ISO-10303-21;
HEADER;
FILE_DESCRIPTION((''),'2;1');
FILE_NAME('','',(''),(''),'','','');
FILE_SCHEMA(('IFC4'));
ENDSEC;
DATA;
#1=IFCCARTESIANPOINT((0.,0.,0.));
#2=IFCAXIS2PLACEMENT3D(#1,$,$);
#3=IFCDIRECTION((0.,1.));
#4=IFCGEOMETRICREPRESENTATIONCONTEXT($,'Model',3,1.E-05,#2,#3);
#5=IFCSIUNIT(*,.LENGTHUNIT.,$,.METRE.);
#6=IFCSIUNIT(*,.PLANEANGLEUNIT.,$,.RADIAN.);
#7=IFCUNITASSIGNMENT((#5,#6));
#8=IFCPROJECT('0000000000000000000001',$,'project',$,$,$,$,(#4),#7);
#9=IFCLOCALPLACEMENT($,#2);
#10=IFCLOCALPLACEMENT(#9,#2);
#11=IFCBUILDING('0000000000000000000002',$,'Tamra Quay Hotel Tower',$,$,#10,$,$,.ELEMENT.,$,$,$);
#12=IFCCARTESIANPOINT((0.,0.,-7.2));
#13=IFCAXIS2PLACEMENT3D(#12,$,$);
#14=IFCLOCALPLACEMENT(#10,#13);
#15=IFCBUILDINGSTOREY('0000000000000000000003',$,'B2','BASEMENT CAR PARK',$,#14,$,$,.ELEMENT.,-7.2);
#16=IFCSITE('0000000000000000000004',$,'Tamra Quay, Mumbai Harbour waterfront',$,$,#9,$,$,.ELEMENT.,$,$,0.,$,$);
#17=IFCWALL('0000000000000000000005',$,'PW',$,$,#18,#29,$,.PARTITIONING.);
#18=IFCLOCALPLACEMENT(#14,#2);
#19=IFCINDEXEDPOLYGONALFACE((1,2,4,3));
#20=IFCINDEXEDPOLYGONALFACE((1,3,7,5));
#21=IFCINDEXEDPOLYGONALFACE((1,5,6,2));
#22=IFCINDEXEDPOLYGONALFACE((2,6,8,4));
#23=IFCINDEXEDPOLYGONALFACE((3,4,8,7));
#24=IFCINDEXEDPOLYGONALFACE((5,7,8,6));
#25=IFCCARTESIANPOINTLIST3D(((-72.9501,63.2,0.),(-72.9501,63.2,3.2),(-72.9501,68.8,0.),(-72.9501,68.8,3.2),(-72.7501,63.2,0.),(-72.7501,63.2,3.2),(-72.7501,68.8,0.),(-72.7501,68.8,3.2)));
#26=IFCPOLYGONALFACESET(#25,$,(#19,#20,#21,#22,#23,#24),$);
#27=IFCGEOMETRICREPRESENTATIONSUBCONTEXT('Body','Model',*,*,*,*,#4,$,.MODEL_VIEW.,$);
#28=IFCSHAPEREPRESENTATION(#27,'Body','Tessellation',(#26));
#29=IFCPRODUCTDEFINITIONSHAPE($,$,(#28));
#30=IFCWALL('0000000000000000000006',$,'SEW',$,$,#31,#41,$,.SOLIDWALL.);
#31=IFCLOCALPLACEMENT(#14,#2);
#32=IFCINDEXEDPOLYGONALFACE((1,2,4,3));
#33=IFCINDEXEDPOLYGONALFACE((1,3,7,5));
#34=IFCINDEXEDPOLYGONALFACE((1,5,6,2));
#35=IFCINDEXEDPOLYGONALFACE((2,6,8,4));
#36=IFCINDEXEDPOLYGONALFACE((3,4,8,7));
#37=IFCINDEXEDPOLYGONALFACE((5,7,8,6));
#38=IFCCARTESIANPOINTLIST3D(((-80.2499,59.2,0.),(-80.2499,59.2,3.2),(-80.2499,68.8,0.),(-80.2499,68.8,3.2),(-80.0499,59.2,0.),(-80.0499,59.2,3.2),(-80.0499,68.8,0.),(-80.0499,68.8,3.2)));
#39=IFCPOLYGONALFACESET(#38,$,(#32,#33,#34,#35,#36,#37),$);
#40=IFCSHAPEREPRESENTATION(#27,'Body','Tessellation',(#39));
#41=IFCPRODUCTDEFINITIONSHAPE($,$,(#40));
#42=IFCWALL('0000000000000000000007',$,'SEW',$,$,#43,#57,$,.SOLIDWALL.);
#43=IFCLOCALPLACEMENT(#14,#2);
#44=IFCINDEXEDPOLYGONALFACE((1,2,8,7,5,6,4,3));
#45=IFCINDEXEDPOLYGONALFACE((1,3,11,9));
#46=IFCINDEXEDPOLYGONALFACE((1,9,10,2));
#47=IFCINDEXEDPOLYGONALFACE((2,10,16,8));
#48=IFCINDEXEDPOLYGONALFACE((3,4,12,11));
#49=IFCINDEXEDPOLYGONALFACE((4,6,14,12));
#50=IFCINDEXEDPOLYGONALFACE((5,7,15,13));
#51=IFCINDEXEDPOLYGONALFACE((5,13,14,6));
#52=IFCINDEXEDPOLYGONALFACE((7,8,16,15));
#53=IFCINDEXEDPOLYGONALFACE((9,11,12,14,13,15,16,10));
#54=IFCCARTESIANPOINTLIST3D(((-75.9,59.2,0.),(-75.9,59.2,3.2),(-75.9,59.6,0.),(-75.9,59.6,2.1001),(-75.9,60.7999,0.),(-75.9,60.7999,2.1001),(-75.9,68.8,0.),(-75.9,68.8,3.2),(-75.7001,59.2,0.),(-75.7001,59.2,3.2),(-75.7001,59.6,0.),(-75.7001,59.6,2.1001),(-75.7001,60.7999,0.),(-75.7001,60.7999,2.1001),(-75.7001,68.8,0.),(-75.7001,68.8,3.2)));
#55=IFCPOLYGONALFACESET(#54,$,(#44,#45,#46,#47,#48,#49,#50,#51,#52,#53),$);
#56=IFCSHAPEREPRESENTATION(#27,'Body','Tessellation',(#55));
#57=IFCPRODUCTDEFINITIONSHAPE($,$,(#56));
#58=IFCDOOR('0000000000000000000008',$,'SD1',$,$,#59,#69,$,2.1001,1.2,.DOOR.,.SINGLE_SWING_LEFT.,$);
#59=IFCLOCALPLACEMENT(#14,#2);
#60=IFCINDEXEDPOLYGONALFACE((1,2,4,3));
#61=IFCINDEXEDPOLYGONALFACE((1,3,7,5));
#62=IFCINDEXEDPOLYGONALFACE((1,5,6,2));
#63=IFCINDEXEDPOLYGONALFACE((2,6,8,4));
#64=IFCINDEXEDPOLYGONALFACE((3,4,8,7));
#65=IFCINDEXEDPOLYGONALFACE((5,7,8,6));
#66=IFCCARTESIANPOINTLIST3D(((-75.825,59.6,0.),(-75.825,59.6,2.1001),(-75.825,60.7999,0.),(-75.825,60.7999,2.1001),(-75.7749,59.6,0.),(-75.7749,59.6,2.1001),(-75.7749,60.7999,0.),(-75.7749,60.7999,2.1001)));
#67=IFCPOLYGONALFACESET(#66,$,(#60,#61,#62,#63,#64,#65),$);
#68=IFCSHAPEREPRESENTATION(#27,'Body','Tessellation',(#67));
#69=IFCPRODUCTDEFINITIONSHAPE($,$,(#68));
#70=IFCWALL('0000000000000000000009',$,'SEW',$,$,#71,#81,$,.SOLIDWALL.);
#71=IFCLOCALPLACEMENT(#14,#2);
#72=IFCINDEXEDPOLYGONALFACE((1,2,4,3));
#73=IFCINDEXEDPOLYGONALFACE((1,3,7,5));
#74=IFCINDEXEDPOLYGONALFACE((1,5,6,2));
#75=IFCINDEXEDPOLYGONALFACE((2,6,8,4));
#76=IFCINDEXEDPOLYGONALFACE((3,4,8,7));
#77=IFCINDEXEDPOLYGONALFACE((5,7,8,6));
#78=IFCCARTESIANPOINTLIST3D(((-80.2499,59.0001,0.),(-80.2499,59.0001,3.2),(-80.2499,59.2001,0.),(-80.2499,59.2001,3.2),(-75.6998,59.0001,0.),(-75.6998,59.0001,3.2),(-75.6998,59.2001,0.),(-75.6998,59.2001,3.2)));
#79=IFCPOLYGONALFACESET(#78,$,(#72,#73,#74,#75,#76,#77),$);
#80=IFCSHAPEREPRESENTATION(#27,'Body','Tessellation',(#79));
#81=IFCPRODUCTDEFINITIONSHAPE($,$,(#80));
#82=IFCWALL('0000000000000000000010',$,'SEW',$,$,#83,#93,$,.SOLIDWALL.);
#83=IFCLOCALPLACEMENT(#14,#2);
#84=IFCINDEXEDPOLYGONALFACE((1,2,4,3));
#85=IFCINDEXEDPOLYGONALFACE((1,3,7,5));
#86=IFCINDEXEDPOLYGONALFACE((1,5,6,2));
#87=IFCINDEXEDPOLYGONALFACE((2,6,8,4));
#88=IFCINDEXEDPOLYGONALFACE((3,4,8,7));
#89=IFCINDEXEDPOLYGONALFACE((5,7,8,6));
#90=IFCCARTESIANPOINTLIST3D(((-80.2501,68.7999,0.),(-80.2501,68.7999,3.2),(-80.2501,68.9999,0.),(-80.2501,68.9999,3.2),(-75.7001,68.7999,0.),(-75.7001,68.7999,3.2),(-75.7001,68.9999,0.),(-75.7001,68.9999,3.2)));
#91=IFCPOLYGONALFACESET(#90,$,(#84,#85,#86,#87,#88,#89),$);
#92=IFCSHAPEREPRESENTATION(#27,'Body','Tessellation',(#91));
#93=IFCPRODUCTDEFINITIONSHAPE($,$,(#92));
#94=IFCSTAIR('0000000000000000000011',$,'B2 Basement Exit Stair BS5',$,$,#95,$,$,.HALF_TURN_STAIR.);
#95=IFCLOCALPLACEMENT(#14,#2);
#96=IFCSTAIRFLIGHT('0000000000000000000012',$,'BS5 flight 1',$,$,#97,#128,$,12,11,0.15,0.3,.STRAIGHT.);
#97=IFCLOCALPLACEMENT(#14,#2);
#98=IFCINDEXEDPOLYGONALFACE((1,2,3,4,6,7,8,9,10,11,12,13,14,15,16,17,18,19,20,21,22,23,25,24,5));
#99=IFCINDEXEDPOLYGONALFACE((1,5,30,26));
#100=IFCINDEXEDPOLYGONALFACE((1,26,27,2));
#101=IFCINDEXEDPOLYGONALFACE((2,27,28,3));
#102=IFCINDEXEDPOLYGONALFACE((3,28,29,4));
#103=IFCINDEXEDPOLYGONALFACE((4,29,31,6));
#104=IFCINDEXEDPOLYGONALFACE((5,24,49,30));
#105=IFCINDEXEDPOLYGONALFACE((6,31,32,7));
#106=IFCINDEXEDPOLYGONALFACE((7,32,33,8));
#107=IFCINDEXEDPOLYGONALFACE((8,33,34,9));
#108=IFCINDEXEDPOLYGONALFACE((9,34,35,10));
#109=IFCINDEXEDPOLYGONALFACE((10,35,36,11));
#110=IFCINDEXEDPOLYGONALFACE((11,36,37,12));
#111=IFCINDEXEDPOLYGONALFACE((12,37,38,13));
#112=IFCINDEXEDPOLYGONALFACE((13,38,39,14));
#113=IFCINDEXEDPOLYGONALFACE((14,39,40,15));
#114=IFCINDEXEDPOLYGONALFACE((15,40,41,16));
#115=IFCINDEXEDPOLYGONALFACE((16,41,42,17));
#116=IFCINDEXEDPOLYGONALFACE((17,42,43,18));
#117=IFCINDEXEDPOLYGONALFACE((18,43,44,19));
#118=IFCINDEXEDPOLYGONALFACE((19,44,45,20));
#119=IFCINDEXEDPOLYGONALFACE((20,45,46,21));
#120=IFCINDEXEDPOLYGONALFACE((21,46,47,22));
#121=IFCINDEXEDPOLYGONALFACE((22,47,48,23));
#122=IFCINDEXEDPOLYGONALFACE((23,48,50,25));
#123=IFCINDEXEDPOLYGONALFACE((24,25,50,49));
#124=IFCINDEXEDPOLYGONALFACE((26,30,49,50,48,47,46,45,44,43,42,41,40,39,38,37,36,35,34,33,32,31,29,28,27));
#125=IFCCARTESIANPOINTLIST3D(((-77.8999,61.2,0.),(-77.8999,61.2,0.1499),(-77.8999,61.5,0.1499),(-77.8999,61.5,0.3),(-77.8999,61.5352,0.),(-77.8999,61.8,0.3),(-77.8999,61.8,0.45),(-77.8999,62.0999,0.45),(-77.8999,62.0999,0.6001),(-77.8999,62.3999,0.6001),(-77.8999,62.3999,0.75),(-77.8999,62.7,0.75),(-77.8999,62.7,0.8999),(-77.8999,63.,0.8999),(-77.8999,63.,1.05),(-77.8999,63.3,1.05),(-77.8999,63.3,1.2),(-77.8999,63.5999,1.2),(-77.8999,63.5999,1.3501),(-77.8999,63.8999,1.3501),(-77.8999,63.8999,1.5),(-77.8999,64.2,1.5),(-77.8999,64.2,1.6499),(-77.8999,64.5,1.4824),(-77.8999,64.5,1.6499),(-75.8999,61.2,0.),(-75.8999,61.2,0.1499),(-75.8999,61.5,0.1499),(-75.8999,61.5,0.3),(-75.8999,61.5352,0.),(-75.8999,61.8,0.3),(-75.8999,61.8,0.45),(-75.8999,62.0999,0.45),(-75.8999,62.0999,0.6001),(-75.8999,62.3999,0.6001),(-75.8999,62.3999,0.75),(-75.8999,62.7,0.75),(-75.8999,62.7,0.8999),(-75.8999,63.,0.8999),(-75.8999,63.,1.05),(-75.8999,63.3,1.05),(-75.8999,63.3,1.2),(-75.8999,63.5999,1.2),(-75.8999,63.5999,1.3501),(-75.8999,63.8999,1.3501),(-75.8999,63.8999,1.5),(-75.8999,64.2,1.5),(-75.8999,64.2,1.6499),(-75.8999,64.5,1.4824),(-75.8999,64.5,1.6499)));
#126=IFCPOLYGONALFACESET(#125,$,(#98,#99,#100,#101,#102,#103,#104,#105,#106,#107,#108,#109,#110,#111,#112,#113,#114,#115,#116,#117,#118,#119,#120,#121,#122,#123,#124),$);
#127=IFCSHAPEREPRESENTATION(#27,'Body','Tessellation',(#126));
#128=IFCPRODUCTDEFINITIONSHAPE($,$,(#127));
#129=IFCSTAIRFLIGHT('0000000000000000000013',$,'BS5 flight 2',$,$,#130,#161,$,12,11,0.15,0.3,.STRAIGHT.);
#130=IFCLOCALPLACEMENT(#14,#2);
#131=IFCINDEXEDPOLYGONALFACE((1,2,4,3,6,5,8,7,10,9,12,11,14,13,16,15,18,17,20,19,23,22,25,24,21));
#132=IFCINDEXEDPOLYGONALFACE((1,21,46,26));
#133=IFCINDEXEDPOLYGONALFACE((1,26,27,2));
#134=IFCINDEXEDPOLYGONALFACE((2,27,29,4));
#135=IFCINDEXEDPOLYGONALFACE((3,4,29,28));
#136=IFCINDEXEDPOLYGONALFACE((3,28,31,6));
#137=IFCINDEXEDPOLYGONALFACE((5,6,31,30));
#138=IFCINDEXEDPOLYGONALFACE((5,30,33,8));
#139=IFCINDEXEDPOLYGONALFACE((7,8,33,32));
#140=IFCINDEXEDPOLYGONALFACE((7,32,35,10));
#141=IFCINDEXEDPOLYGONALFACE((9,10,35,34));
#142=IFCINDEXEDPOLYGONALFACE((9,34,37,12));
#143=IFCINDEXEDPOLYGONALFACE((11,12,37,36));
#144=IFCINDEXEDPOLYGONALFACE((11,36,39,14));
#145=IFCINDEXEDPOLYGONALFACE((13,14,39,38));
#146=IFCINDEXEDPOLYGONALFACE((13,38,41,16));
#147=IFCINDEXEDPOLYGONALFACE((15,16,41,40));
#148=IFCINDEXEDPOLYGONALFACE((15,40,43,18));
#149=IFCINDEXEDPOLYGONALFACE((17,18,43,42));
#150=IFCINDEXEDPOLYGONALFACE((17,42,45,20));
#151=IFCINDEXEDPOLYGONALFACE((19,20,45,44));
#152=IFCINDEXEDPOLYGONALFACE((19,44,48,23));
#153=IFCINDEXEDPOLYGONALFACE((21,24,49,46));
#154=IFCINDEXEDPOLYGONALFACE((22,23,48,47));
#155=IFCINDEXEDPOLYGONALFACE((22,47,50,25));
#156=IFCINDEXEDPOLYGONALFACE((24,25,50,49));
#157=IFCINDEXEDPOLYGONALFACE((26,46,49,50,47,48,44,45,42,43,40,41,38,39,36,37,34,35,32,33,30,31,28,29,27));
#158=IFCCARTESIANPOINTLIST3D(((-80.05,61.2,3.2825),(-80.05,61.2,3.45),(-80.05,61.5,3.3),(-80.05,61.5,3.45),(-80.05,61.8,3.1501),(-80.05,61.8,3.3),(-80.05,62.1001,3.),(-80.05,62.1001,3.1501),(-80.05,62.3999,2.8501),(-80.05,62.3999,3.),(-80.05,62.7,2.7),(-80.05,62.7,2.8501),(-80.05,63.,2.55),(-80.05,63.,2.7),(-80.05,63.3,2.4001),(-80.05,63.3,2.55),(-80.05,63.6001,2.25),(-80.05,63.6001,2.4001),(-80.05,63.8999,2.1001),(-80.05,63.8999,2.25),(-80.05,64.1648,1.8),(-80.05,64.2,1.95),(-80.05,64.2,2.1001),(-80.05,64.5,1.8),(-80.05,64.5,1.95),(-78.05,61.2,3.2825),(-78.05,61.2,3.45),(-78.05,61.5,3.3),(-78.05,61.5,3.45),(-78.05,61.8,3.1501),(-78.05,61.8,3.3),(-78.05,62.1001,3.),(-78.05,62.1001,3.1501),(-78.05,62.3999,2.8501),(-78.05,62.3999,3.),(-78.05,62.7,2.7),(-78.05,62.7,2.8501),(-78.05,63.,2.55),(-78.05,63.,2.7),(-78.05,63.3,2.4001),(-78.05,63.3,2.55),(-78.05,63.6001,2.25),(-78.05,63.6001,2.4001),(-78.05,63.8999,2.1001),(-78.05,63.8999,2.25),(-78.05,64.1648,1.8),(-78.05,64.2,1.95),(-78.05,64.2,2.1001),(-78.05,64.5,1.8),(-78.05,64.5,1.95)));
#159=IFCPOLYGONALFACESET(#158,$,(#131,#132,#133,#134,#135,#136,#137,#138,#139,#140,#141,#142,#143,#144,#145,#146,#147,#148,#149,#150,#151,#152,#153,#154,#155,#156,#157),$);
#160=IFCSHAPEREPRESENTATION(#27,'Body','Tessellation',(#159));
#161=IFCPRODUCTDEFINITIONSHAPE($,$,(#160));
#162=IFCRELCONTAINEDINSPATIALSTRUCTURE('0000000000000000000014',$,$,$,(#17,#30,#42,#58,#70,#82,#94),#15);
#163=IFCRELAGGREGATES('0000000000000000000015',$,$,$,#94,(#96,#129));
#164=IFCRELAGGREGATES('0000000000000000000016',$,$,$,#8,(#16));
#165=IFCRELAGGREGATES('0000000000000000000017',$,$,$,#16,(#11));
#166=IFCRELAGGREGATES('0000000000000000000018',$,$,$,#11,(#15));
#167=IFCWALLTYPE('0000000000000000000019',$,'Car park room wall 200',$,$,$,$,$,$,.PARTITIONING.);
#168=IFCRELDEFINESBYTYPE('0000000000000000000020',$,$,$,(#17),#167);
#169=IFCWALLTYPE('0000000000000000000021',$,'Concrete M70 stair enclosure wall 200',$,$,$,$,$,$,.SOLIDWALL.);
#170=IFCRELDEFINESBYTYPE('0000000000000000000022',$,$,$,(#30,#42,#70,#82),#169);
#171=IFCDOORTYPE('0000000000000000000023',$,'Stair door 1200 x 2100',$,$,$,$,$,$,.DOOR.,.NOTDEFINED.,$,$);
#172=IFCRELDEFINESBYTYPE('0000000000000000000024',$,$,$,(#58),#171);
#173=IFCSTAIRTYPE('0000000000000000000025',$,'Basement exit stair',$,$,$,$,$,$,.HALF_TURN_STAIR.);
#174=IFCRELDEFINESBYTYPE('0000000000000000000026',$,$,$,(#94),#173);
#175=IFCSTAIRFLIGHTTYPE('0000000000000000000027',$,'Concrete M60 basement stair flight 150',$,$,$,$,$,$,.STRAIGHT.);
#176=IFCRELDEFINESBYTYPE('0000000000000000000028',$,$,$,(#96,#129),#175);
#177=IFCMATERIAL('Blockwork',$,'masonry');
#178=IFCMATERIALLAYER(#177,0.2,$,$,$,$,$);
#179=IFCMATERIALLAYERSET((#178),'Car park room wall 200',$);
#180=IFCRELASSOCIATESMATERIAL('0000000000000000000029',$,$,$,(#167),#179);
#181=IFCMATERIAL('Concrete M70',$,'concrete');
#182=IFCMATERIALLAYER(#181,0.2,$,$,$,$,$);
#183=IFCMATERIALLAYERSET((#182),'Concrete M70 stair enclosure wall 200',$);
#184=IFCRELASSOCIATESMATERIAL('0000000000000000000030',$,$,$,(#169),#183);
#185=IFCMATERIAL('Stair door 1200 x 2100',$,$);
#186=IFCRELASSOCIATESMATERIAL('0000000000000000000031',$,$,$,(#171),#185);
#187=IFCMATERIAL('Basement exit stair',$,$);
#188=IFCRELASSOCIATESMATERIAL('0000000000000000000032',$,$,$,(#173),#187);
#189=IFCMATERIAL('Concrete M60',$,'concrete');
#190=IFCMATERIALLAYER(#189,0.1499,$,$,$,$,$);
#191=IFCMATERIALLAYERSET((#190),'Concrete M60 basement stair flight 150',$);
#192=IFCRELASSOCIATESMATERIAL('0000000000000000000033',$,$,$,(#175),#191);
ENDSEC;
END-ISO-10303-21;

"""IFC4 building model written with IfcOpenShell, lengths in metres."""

from ifc_helpers import new_model, si_unit, direction, frame, frame_2d, origin, place, context, subcontext, project, spatial, polyline, rectangle, outline, extrude, material, layer, layer_set, type_object, element, fill, aggregate, save


model = new_model("IFC4")

# Units and contexts
model_context = context("Model", 3, precision=1e-05, world=origin(), true_north=direction((0.0, 1.0)))
body_context = subcontext(model_context, "Body", "Model", "MODEL_VIEW")
ifc_project = project(units=[si_unit("LENGTHUNIT", "METRE"), si_unit("PLANEANGLEUNIT", "RADIAN")], contexts=[model_context])

# Site, building, storey
site_placement = place(None, origin())
site = spatial("IfcSite", under=ifc_project, at=site_placement, Name="Tamra Quay, Mumbai Harbour waterfront", CompositionType="ELEMENT", RefElevation=0.0)
building_placement = place(site_placement, origin())
building = spatial("IfcBuilding", under=site, at=building_placement, Name="Tamra Quay Hotel Tower", CompositionType="ELEMENT")
storey_placement = place(building_placement, frame((0.0, 0.0, -7.2)))
storey = spatial("IfcBuildingStorey", under=building, at=storey_placement, Name="B2", Description="BASEMENT CAR PARK", CompositionType="ELEMENT", Elevation=-7.2)

# Shared definitions
ifc_material_1 = material(Name="Concrete M70", Category="concrete")

# Shared definitions
ifc_material_2 = material(Name="Blockwork", Category="masonry")
ifc_layer_1 = layer(ifc_material_2, 0.2)
ifc_layer_set_1 = layer_set([ifc_layer_1], Name="Car park room wall 200")
wall_type_1 = type_object("IfcWallType", Name="Car park room wall 200", PredefinedType="PARTITIONING", material=ifc_layer_set_1)

# Walls
wall_1_placement = place(storey_placement, frame((-72.8501, 63.2, 0.0), z_axis=(0.0, 0.0, 1.0), x_axis=(0.0, 1.0, 0.0)))
element("IfcWall", 1, at=wall_1_placement, inside=storey, type_object=wall_type_1, Name="PW", PredefinedType="PARTITIONING", context=body_context, shape_type="SweptSolid", body=[
    extrude(rectangle(XDim=5.6001, YDim=0.2, at=frame_2d((2.8, 0.0))), origin(), (0.0, 0.0, 1.0), 3.2),
])
ifc_layer_2 = layer(ifc_material_1, 0.2)
ifc_layer_set_2 = layer_set([ifc_layer_2], Name="Concrete M70 stair enclosure wall 200")
wall_type_2 = type_object("IfcWallType", Name="Concrete M70 stair enclosure wall 200", PredefinedType="SOLIDWALL", material=ifc_layer_set_2)
wall_2_placement = place(storey_placement, frame((-80.1499, 59.2, 0.0), z_axis=(0.0, 0.0, 1.0), x_axis=(0.0, 1.0, 0.0)))
element("IfcWall", 2, at=wall_2_placement, inside=storey, type_object=wall_type_2, Name="SEW", PredefinedType="SOLIDWALL", context=body_context, shape_type="SweptSolid", body=[
    extrude(rectangle(XDim=9.6001, YDim=0.2, at=frame_2d((4.8, 0.0))), origin(), (0.0, 0.0, 1.0), 3.2),
])

# Wall, opening, door
wall_3_placement = place(storey_placement, frame((-75.8, 59.2, 0.0), z_axis=(0.0, 0.0, 1.0), x_axis=(0.0, 1.0, 0.0)))
wall_3 = element("IfcWall", 3, at=wall_3_placement, inside=storey, type_object=wall_type_2, Name="SEW", PredefinedType="SOLIDWALL", context=body_context, shape_type="SweptSolid", body=[
    extrude(rectangle(XDim=9.6001, YDim=0.2, at=frame_2d((4.8, 0.0))), origin(), (0.0, 0.0, 1.0), 3.2),
])
opening_1_placement = place(wall_3_placement, frame((0.3999, 0.0, 0.0)))
opening_1 = element("IfcOpeningElement", 4, at=opening_1_placement, cuts=wall_3, PredefinedType="OPENING", context=body_context, shape_type="SweptSolid", body=[
    extrude(rectangle(XDim=1.2, YDim=2.1001, at=frame_2d((0.6001, 1.05))), frame((0.0, 0.1099, 0.0), z_axis=(0.0, -1.0, 0.0), x_axis=(1.0, 0.0, 0.0)), (0.0, 0.0, 1.0), 0.22),
])
ifc_material_3 = material(Name="Stair door 1200 x 2100")
door_type_1 = type_object("IfcDoorType", Name="Stair door 1200 x 2100", OperationType="NOTDEFINED", PredefinedType="DOOR", material=ifc_material_3)
door_1_placement = place(opening_1_placement, origin())
door_1 = element("IfcDoor", 5, at=door_1_placement, inside=storey, type_object=door_type_1, Name="SD1", OperationType="SINGLE_SWING_LEFT", OverallHeight=2.1001, OverallWidth=1.2, PredefinedType="DOOR", context=body_context, shape_type="SweptSolid", body=[
    extrude(rectangle(XDim=1.2, YDim=2.1001, at=frame_2d((0.6001, 1.05))), frame((0.0, 0.0249, 0.0), z_axis=(0.0, -1.0, 0.0), x_axis=(1.0, 0.0, 0.0)), (0.0, 0.0, 1.0), 0.05),
])
fill(opening_1, door_1)

# Walls
for number, where, z_axis, x_axis, name in (
    (6, (-75.7, 59.1001, 0.0), (0.0, 0.0, 1.0), (-1.0, 0.0, 0.0), "SEW"),
    (7, (-80.25, 68.8999, 0.0), (0.0, 0.0, 1.0), (1.0, 0.0, 0.0), "SEW"),
):
    element("IfcWall", number, at=place(storey_placement, frame(where, z_axis=z_axis, x_axis=x_axis)), inside=storey, type_object=wall_type_2, Name=name, PredefinedType="SOLIDWALL", context=body_context, shape_type="SweptSolid", body=[
        extrude(rectangle(XDim=4.55, YDim=0.2, at=frame_2d((2.2749, 0.0))), origin(), (0.0, 0.0, 1.0), 3.2),
    ])

# Stair, stair flights
ifc_material_4 = material(Name="Basement exit stair")
stair_type = type_object("IfcStairType", Name="Basement exit stair", PredefinedType="HALF_TURN_STAIR", material=ifc_material_4)
stair_placement = place(storey_placement, origin())
stair = element("IfcStair", 8, at=stair_placement, inside=storey, type_object=stair_type, Name="B2 Basement Exit Stair BS5", PredefinedType="HALF_TURN_STAIR")
ifc_material_5 = material(Name="Concrete M60", Category="concrete")
ifc_layer_3 = layer(ifc_material_5, 0.1499)
ifc_layer_set_3 = layer_set([ifc_layer_3], Name="Concrete M60 basement stair flight 150")
stair_flight_type = type_object("IfcStairFlightType", Name="Concrete M60 basement stair flight 150", PredefinedType="STRAIGHT", material=ifc_layer_set_3)
stair_flight_1_placement = place(storey_placement, frame((-76.8999, 61.2, 0.0), z_axis=(0.0, 0.0, 1.0), x_axis=(0.0, 1.0, 0.0)))
stair_flight_1 = element("IfcStairFlight", 9, at=stair_flight_1_placement, type_object=stair_flight_type, Name="BS5 flight 1", NumberOfRisers=12, NumberOfTreads=11, PredefinedType="STRAIGHT", RiserHeight=0.15, TreadLength=0.3, context=body_context, shape_type="SweptSolid", body=[
    extrude(outline(polyline([(0.0, 0.0), (0.0, 0.1499), (0.3, 0.1499), (0.3, 0.3), (0.6001, 0.3), (0.6001, 0.45), (0.8999, 0.45), (0.8999, 0.6001), (1.2, 0.6001), (1.2, 0.75), (1.5, 0.75), (1.5, 0.8999), (1.8, 0.8999), (1.8, 1.05), (2.1001, 1.05), (2.1001, 1.2), (2.3999, 1.2), (2.3999, 1.3501), (2.7, 1.3501), (2.7, 1.5), (3.0, 1.5), (3.0, 1.6499), (3.3, 1.6499), (3.3, 1.8), (3.3, 1.4824), (0.3352, 0.0), (0.0, 0.0)])), frame((0.0, 1.0, 0.0), z_axis=(0.0, -1.0, 0.0), x_axis=(1.0, 0.0, 0.0)), (0.0, 0.0, 1.0), 2.0),
])
stair_flight_2_placement = place(storey_placement, frame((-79.05, 64.5, 1.8), z_axis=(0.0, 0.0, 1.0), x_axis=(0.0, -1.0, 0.0)))
stair_flight_2 = element("IfcStairFlight", 10, at=stair_flight_2_placement, type_object=stair_flight_type, Name="BS5 flight 2", NumberOfRisers=12, NumberOfTreads=11, PredefinedType="STRAIGHT", RiserHeight=0.15, TreadLength=0.3, context=body_context, shape_type="SweptSolid", body=[
    extrude(outline(polyline([(0.0, 0.0), (0.0, 0.1499), (0.3, 0.1499), (0.3, 0.3), (0.6001, 0.3), (0.6001, 0.45), (0.8999, 0.45), (0.8999, 0.6001), (1.2, 0.6001), (1.2, 0.75), (1.5, 0.75), (1.5, 0.8999), (1.8, 0.8999), (1.8, 1.05), (2.1001, 1.05), (2.1001, 1.2), (2.3999, 1.2), (2.3999, 1.3501), (2.7, 1.3501), (2.7, 1.5), (3.0, 1.5), (3.0, 1.6499), (3.3, 1.6499), (3.3, 1.8), (3.3, 1.4824), (0.3352, 0.0), (0.0, 0.0)])), frame((0.0, 1.0, 0.0), z_axis=(0.0, -1.0, 0.0), x_axis=(1.0, 0.0, 0.0)), (0.0, 0.0, 1.0), 2.0),
])
aggregate(stair, [stair_flight_1, stair_flight_2])

save(model, "model.ifc")
